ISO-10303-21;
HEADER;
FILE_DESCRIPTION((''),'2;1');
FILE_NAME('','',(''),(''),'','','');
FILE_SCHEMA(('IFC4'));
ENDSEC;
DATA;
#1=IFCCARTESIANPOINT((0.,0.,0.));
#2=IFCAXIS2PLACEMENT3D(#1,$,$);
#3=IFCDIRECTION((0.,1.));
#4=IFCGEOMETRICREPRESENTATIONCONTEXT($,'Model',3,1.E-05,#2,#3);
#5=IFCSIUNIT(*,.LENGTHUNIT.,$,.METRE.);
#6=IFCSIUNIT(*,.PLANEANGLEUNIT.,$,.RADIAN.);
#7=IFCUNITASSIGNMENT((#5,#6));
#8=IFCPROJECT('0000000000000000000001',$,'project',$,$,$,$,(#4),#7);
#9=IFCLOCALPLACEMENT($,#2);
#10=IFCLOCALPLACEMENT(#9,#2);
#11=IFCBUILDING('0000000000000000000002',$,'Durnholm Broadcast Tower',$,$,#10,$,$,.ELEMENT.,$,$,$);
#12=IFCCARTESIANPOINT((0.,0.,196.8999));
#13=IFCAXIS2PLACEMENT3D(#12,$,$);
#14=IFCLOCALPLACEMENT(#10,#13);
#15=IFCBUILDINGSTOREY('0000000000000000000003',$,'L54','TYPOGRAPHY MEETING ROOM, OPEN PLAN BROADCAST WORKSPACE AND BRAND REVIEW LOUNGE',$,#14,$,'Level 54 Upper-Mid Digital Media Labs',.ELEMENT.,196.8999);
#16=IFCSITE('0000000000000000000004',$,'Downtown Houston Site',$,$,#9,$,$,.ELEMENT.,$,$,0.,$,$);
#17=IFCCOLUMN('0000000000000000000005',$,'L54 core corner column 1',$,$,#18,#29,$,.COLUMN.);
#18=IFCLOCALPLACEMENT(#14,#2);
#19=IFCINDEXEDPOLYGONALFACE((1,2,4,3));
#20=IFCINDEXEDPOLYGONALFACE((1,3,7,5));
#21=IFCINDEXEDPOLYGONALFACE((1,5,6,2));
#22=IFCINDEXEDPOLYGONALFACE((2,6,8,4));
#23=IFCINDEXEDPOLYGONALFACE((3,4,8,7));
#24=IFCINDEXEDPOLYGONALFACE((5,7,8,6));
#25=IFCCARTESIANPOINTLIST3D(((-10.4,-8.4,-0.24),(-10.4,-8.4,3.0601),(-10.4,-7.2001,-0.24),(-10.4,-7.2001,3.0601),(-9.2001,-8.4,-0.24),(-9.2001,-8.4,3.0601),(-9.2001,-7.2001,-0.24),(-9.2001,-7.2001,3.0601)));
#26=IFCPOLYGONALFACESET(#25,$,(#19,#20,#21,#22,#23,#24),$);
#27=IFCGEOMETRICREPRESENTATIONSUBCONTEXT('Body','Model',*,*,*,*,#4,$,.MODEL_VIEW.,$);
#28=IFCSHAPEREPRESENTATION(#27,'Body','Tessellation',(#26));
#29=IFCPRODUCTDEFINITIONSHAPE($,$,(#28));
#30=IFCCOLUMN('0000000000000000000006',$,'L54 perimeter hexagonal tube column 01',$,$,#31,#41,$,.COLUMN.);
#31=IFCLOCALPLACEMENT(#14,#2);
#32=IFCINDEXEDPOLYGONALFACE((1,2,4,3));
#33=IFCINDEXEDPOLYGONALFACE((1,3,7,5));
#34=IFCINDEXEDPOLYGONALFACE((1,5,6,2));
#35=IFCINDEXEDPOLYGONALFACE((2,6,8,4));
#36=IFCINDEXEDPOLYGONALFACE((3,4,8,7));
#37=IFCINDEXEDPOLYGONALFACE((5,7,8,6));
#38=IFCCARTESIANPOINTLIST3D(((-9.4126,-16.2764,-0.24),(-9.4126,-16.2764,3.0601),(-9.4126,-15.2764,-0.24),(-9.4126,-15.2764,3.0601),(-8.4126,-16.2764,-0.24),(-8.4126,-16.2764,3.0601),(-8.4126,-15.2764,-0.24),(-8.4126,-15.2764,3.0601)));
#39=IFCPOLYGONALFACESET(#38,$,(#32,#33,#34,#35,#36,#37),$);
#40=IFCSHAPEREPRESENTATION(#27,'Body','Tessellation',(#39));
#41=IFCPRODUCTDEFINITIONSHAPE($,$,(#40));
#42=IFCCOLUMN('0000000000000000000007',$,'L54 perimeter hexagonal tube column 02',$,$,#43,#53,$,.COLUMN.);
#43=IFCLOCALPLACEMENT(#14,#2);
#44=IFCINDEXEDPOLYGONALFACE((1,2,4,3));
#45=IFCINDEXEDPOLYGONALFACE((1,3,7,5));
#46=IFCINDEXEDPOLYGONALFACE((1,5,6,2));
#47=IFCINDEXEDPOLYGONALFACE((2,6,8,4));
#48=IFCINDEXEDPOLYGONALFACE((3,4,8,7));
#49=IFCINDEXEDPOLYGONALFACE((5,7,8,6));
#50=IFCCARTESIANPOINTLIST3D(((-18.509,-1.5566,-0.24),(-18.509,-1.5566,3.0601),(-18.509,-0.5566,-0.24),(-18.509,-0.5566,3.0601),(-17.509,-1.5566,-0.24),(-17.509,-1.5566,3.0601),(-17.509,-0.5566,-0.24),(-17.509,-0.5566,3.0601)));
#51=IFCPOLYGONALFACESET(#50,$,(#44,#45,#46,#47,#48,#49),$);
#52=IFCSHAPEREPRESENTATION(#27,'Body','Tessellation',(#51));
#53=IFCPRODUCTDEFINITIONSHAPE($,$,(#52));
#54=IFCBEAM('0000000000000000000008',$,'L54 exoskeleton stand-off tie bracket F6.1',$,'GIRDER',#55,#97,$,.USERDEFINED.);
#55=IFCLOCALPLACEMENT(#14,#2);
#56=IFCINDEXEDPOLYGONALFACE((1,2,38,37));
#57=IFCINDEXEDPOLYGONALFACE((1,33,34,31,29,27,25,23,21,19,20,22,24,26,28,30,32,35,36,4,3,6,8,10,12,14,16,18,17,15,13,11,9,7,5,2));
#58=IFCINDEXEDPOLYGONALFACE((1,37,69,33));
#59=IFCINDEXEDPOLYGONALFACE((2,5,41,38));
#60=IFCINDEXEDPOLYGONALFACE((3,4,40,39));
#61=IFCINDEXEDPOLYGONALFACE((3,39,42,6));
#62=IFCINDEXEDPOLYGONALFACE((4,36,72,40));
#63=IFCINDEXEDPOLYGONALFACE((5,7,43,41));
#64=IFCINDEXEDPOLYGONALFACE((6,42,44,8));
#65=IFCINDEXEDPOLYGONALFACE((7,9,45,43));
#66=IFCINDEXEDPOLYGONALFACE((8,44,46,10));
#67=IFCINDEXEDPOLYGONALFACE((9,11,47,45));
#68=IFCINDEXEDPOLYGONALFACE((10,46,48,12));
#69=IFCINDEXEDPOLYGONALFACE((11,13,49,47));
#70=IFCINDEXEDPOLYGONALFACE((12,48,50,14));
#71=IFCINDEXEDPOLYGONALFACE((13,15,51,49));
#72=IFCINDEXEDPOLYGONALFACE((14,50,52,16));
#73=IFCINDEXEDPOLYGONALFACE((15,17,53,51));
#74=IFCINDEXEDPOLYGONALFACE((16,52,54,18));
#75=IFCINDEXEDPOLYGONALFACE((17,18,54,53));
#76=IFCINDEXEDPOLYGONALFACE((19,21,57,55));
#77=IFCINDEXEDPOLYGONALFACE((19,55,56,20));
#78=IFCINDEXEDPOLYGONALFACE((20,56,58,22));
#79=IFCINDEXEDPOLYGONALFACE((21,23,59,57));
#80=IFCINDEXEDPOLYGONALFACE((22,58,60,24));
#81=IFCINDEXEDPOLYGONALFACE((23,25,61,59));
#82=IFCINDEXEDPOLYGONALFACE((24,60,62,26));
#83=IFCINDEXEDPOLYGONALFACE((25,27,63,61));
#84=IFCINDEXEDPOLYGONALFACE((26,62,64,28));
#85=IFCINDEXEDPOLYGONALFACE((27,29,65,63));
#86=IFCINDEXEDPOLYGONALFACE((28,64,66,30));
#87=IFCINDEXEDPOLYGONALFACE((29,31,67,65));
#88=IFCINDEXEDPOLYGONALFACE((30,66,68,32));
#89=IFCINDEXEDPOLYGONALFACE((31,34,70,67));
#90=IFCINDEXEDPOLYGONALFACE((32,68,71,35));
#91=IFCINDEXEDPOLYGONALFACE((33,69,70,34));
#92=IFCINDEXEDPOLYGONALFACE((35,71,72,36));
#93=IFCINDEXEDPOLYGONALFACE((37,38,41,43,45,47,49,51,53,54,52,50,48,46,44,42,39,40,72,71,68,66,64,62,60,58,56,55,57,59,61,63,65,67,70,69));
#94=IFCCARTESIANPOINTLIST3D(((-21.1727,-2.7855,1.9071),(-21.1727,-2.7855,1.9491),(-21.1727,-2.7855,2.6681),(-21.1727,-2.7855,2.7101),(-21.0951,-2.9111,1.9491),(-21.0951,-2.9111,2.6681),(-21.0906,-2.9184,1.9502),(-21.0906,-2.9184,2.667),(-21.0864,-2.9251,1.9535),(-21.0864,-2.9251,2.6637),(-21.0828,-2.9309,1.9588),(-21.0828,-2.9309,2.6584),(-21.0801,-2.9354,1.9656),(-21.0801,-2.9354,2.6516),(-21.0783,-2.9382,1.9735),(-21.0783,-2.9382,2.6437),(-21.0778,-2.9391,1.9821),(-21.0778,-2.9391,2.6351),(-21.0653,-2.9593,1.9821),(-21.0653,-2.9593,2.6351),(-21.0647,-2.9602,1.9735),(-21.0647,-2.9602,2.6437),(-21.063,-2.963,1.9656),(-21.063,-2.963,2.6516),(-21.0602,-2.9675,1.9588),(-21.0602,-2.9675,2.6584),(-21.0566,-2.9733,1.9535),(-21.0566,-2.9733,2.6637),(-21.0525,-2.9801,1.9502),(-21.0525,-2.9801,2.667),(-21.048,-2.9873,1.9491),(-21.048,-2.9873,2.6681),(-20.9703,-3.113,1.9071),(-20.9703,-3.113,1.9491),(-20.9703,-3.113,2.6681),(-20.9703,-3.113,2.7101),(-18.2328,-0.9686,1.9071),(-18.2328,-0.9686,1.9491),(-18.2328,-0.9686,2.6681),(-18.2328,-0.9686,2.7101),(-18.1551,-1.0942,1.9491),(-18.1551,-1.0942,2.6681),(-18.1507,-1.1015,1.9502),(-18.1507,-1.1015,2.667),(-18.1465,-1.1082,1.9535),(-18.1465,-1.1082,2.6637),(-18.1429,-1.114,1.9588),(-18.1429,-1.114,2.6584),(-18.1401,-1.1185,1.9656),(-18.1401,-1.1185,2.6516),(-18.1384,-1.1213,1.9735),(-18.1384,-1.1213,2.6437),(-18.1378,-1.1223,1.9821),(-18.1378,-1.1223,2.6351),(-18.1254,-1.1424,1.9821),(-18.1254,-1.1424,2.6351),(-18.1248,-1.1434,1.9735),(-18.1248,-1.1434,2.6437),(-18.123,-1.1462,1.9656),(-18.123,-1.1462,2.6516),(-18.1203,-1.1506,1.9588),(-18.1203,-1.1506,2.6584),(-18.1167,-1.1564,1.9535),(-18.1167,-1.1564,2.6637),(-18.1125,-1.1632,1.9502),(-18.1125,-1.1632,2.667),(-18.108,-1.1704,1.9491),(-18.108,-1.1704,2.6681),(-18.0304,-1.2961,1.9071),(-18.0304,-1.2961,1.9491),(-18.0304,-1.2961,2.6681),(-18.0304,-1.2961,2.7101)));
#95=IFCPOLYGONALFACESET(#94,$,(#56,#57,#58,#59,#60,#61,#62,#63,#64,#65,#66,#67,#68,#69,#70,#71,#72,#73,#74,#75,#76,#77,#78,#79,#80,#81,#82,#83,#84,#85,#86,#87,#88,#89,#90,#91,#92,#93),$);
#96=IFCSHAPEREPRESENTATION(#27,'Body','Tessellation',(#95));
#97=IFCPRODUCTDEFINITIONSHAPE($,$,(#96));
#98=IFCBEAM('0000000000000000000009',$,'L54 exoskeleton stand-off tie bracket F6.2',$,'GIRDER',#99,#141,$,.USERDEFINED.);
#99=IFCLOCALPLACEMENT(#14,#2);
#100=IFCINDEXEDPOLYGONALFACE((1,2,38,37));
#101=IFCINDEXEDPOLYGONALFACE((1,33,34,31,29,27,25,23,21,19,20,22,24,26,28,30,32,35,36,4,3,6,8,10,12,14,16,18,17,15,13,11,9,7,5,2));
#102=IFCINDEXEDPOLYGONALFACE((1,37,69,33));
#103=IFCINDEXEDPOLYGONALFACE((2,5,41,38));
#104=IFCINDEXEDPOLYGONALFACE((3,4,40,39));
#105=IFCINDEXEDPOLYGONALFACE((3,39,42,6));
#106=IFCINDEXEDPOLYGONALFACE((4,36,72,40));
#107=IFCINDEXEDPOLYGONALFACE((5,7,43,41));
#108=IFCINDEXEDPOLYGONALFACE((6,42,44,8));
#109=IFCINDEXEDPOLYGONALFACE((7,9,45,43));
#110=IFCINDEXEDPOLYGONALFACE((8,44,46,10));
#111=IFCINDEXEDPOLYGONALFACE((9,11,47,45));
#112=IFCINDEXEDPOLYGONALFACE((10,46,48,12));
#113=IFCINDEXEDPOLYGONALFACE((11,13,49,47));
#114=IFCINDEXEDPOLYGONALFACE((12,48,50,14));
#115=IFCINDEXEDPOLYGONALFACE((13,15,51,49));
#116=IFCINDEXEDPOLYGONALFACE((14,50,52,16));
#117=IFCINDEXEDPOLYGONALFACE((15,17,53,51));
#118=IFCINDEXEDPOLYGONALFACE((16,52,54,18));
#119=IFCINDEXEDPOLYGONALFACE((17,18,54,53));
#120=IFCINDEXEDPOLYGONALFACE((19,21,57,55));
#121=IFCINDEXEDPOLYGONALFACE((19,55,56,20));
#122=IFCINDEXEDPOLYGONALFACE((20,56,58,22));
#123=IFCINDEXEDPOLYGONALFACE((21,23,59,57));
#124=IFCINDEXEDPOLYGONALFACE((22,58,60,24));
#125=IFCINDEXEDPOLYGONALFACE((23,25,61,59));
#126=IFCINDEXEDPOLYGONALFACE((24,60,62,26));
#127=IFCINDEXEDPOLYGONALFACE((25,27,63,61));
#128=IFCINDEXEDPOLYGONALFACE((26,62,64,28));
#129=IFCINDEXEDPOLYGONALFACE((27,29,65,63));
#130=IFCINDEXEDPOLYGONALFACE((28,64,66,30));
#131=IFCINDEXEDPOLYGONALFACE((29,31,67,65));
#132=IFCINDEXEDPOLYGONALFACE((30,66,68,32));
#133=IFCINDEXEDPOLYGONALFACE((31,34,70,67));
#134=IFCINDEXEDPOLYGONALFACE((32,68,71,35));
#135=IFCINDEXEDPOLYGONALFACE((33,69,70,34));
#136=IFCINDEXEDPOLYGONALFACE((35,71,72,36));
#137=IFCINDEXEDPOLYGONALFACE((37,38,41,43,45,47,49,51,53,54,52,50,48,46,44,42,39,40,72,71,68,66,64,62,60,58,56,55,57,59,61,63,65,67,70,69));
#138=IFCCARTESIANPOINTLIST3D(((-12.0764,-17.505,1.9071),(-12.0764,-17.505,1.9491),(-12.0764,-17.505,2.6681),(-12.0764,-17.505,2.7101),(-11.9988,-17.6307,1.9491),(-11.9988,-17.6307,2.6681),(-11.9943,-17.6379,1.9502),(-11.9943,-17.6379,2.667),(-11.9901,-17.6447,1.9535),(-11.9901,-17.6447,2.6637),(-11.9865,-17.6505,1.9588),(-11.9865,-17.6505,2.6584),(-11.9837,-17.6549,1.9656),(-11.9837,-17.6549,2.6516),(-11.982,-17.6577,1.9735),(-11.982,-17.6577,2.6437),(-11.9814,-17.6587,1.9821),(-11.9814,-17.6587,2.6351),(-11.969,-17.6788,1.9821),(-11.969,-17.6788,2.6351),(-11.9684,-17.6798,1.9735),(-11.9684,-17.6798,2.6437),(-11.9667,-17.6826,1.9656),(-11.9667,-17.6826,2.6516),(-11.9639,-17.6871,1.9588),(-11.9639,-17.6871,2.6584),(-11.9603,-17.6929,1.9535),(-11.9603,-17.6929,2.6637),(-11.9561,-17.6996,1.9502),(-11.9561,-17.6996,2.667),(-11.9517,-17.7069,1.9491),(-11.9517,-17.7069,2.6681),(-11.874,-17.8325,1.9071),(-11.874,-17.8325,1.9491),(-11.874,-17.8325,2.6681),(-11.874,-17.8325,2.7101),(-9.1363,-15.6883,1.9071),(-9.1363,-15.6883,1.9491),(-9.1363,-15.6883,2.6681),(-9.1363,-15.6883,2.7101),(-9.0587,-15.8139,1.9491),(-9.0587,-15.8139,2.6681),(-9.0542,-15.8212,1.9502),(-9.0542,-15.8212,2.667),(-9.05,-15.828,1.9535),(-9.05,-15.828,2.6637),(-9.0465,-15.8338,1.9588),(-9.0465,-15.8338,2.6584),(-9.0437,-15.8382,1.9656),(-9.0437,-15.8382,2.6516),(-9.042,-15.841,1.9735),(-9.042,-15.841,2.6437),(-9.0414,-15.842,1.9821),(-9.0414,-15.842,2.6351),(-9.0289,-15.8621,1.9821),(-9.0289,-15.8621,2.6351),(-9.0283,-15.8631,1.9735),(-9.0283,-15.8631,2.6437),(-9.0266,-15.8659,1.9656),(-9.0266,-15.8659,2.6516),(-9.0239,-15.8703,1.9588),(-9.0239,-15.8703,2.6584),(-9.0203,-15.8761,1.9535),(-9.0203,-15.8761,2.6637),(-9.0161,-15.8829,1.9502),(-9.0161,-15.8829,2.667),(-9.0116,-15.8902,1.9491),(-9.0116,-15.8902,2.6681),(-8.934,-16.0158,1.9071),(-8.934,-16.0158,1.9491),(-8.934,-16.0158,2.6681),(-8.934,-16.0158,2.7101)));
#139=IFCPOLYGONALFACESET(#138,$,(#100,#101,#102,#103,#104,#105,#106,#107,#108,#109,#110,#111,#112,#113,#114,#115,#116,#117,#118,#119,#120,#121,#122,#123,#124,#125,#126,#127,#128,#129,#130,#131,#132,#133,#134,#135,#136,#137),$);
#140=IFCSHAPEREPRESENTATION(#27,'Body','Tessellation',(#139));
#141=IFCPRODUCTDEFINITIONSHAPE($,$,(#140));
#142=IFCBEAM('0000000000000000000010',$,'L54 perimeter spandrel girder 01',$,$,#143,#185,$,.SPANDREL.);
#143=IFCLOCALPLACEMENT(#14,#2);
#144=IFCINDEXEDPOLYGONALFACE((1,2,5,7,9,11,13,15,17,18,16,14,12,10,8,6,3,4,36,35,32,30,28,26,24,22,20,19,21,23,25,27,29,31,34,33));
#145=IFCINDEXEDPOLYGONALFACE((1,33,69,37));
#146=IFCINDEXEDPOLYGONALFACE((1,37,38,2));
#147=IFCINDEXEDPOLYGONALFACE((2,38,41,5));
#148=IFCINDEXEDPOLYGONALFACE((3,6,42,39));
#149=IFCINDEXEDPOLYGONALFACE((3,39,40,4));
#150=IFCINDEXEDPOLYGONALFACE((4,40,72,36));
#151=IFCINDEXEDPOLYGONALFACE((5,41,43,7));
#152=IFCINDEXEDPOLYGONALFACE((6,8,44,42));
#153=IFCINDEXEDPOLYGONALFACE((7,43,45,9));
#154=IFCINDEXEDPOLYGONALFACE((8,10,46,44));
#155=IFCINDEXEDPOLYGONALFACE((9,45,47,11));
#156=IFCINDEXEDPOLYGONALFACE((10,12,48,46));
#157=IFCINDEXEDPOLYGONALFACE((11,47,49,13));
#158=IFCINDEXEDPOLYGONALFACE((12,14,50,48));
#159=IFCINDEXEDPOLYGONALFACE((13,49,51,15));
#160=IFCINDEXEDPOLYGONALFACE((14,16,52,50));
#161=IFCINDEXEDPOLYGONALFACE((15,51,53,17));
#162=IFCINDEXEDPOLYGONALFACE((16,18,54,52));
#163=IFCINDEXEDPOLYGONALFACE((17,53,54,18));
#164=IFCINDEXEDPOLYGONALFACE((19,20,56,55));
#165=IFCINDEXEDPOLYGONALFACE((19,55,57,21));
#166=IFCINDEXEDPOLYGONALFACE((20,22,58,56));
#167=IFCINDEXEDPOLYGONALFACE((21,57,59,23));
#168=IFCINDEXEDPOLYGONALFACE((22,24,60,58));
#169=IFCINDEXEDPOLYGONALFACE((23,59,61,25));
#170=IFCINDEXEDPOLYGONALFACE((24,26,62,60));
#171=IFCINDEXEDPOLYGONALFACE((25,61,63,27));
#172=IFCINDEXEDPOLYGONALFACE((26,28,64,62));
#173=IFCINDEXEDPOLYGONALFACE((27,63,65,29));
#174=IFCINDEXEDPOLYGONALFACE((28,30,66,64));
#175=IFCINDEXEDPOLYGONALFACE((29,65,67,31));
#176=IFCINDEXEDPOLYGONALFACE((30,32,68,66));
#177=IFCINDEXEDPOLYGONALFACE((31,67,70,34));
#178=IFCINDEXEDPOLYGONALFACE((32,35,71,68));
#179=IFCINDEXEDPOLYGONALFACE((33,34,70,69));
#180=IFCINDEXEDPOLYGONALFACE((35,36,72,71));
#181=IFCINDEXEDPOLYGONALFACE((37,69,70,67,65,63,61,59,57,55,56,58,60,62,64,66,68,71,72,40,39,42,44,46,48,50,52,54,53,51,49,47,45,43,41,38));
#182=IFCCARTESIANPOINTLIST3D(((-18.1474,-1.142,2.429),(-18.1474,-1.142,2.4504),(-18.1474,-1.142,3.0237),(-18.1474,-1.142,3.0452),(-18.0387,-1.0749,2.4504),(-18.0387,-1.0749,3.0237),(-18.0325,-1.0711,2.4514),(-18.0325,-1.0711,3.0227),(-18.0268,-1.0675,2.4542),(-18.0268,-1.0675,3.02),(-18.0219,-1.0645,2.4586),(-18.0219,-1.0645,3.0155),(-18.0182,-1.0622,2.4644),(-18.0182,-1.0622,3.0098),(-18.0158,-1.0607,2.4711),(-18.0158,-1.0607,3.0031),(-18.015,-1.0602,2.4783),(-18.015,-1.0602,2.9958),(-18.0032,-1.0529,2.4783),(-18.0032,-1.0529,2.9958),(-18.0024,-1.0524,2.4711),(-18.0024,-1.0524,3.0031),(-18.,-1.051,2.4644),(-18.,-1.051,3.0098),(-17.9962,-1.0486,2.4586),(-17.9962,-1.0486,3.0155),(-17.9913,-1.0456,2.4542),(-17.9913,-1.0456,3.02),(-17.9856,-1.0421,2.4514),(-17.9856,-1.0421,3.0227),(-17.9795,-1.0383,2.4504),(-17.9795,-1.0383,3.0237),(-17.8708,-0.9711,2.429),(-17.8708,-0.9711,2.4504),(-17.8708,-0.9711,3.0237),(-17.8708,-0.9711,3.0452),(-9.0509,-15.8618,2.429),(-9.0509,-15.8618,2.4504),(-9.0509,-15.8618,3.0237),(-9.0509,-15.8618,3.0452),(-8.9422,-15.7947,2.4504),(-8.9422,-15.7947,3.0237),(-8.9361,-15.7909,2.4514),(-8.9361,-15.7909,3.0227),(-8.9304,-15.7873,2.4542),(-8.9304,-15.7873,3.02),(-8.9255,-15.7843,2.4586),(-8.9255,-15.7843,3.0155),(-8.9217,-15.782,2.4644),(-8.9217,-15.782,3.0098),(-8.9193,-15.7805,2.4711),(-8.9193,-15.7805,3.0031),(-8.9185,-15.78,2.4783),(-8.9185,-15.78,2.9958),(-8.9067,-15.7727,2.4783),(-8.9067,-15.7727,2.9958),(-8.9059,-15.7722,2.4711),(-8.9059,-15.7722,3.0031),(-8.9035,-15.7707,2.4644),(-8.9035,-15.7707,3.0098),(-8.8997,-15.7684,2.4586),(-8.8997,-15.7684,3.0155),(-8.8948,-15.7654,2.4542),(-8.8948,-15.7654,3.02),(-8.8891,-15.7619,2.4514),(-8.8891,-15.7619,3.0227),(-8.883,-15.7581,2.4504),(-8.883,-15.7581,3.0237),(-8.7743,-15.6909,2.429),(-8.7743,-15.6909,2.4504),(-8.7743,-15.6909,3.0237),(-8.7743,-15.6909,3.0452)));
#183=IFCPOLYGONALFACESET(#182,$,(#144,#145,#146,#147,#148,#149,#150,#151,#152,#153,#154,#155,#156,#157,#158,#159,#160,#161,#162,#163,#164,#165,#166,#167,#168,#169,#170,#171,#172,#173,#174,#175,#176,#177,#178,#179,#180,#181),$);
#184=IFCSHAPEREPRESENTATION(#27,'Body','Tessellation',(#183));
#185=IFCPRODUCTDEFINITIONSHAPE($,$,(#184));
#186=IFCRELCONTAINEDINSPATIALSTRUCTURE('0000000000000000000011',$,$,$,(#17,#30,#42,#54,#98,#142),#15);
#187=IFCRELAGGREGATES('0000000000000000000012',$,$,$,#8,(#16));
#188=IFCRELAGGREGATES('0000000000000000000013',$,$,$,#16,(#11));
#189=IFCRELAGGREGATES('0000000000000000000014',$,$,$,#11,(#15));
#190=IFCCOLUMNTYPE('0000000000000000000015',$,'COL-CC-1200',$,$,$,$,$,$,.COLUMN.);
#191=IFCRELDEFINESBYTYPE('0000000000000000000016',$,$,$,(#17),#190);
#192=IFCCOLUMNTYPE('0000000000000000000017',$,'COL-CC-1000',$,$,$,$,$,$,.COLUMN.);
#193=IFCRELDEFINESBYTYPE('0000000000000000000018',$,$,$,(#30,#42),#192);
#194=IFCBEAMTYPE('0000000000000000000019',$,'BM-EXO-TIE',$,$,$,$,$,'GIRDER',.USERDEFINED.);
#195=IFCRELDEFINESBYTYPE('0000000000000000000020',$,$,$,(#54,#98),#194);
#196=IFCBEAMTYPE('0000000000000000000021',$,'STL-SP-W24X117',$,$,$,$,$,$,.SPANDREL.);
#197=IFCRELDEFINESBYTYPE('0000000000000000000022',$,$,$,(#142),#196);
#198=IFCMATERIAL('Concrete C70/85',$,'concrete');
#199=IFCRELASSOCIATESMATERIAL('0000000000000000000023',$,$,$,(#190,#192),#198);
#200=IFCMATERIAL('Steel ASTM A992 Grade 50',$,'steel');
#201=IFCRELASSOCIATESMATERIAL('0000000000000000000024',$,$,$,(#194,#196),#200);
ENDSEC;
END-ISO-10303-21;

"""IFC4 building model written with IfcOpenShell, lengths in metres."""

from ifc_helpers import new_model, si_unit, direction, frame, origin, origin_2d, place, context, subcontext, project, spatial, rectangle, i_section, extrude, source, transform, mapped, material, material_profile, profile_set, type_object, type_shapes, element, save


model = new_model("IFC4")

# Units and contexts
model_context = context("Model", 3, precision=1e-05, world=origin(), true_north=direction((0.0, 1.0)))
body_context = subcontext(model_context, "Body", "Model", "MODEL_VIEW")
ifc_project = project(units=[si_unit("LENGTHUNIT", "METRE"), si_unit("PLANEANGLEUNIT", "RADIAN")], contexts=[model_context])

# Site, building, storey
site_placement = place(None, origin())
site = spatial("IfcSite", under=ifc_project, at=site_placement, Name="Downtown Houston Site", CompositionType="ELEMENT", RefElevation=0.0)
building_placement = place(site_placement, origin())
building = spatial("IfcBuilding", under=site, at=building_placement, Name="Durnholm Broadcast Tower", CompositionType="ELEMENT")
storey_placement = place(building_placement, frame((0.0, 0.0, 196.8999)))
storey = spatial("IfcBuildingStorey", under=building, at=storey_placement, Name="L54", Description="TYPOGRAPHY MEETING ROOM, OPEN PLAN BROADCAST WORKSPACE AND BRAND REVIEW LOUNGE", LongName="Level 54 Upper-Mid Digital Media Labs", CompositionType="ELEMENT", Elevation=196.8999)

# Columns
ifc_material_1 = material(Name="Concrete C70/85", Category="concrete")
ifc_material_profile_1 = material_profile(ifc_material_1, rectangle(XDim=1.2, YDim=1.2, at=origin_2d()), Name="RC1200X1200")
ifc_profile_set_1 = profile_set([ifc_material_profile_1], Name="Concrete C70/85")
column_type_1 = type_object("IfcColumnType", Name="COL-CC-1200", PredefinedType="COLUMN", material=ifc_profile_set_1)
shared_shape_1 = source(origin(), body_context, "Body", "SweptSolid", [
    extrude(rectangle(XDim=1.2, YDim=1.2, at=origin_2d()), origin(), (0.0, 0.0, 1.0), 3.3),
])
type_shapes(column_type_1, [shared_shape_1])
column_placement = place(storey_placement, frame((-9.8, -7.8, -0.24), z_axis=(0.0, 0.0, 1.0), x_axis=(1.0, 0.0, 0.0)))
element("IfcColumn", 1, at=column_placement, inside=storey, type_object=column_type_1, Name="L54 core corner column 1", PredefinedType="COLUMN", context=body_context, shape_type="MappedRepresentation", body=[
    mapped(shared_shape_1, transform((0.0, 0.0, 0.0), x_axis=(1.0, 0.0, 0.0), y_axis=(0.0, 1.0, 0.0), z_axis=(0.0, 0.0, 1.0), scale=1.0)),
])
ifc_material_profile_2 = material_profile(ifc_material_1, rectangle(XDim=1.0, YDim=1.0, at=origin_2d()), Name="RC1000X1000")
ifc_profile_set_2 = profile_set([ifc_material_profile_2], Name="Concrete C70/85")
column_type_2 = type_object("IfcColumnType", Name="COL-CC-1000", PredefinedType="COLUMN", material=ifc_profile_set_2)
shared_shape_2 = source(origin(), body_context, "Body", "SweptSolid", [
    extrude(rectangle(XDim=1.0, YDim=1.0, at=origin_2d()), origin(), (0.0, 0.0, 1.0), 3.3),
])
type_shapes(column_type_2, [shared_shape_2])
for number, where, z_axis, x_axis, name in (
    (2, (-8.9126, -15.7764, -0.24), (0.0, 0.0, 1.0), (1.0, 0.0, 0.0), "L54 perimeter hexagonal tube column 01"),
    (3, (-18.009, -1.0566, -0.24), (0.0, 0.0, 1.0), (1.0, 0.0, 0.0), "L54 perimeter hexagonal tube column 02"),
):
    element("IfcColumn", number, at=place(storey_placement, frame(where, z_axis=z_axis, x_axis=x_axis)), inside=storey, type_object=column_type_2, Name=name, PredefinedType="COLUMN", context=body_context, shape_type="MappedRepresentation", body=[
        mapped(shared_shape_2, transform((0.0, 0.0, 0.0), x_axis=(1.0, 0.0, 0.0), y_axis=(0.0, 1.0, 0.0), z_axis=(0.0, 0.0, 1.0), scale=1.0)),
    ])

# Beams
ifc_material_2 = material(Name="Steel ASTM A992 Grade 50", Category="steel")
ifc_material_profile_3 = material_profile(ifc_material_2, i_section(OverallWidth=0.385, OverallDepth=0.803, WebThickness=0.0237, FlangeThickness=0.042, FilletRadius=0.033, at=origin_2d()), Name="W30X261")
ifc_profile_set_3 = profile_set([ifc_material_profile_3], Name="Steel ASTM A992 Grade 50")
beam_type_1 = type_object("IfcBeamType", Name="BM-EXO-TIE", ElementType="GIRDER", PredefinedType="USERDEFINED", material=ifc_profile_set_3)
shared_shape_3 = source(origin(), body_context, "Body", "SweptSolid", [
    extrude(i_section(OverallWidth=0.385, OverallDepth=0.803, WebThickness=0.0237, FlangeThickness=0.042, FilletRadius=0.033, at=origin_2d()), origin(), (0.0, 0.0, 1.0), 3.4561),
])
for number, where, z_axis, x_axis, name in (
    (4, (-18.1316, -1.1323, 2.3086), (-0.850662, -0.525712, 0.0), (0.525712, -0.850662, 0.0), "L54 exoskeleton stand-off tie bracket F6.1"),
    (5, (-9.0352, -15.8521, 2.3086), (-0.850694, -0.525661, 0.0), (0.525661, -0.850694, 0.0), "L54 exoskeleton stand-off tie bracket F6.2"),
):
    element("IfcBeam", number, at=place(storey_placement, frame(where, z_axis=z_axis, x_axis=x_axis)), inside=storey, type_object=beam_type_1, Name=name, ObjectType="GIRDER", PredefinedType="USERDEFINED", context=body_context, shape_type="MappedRepresentation", body=[
        mapped(shared_shape_3, transform((0.0, 0.0, 0.0), x_axis=(1.0, 0.0, 0.0), y_axis=(0.0, 1.0, 0.0), z_axis=(0.0, 0.0, 1.0), scale=1.0)),
    ])
ifc_material_profile_4 = material_profile(ifc_material_2, i_section(OverallWidth=0.3252, OverallDepth=0.6162, WebThickness=0.0139, FlangeThickness=0.0215, FilletRadius=0.0278, at=origin_2d()), Name="W24X117")
ifc_profile_set_4 = profile_set([ifc_material_profile_4], Name="Steel ASTM A992 Grade 50")
beam_type_2 = type_object("IfcBeamType", Name="STL-SP-W24X117", PredefinedType="SPANDREL", material=ifc_profile_set_4)
shared_shape_4 = source(origin(), body_context, "Body", "SweptSolid", [
    extrude(i_section(OverallWidth=0.3252, OverallDepth=0.6162, WebThickness=0.0139, FlangeThickness=0.0215, FilletRadius=0.0278, at=origin_2d()), origin(), (0.0, 0.0, 1.0), 17.3037),
])
beam_1_placement = place(storey_placement, frame((-8.9126, -15.7764, 2.7371), z_axis=(-0.525695, 0.850673, 0.0), x_axis=(-0.850673, -0.525695, 0.0)))
element("IfcBeam", 6, at=beam_1_placement, inside=storey, type_object=beam_type_2, Name="L54 perimeter spandrel girder 01", PredefinedType="SPANDREL", context=body_context, shape_type="MappedRepresentation", body=[
    mapped(shared_shape_4, transform((0.0, 0.0, 0.0), x_axis=(1.0, 0.0, 0.0), y_axis=(0.0, 1.0, 0.0), z_axis=(0.0, 0.0, 1.0), scale=1.0)),
])

save(model, "model.ifc")
